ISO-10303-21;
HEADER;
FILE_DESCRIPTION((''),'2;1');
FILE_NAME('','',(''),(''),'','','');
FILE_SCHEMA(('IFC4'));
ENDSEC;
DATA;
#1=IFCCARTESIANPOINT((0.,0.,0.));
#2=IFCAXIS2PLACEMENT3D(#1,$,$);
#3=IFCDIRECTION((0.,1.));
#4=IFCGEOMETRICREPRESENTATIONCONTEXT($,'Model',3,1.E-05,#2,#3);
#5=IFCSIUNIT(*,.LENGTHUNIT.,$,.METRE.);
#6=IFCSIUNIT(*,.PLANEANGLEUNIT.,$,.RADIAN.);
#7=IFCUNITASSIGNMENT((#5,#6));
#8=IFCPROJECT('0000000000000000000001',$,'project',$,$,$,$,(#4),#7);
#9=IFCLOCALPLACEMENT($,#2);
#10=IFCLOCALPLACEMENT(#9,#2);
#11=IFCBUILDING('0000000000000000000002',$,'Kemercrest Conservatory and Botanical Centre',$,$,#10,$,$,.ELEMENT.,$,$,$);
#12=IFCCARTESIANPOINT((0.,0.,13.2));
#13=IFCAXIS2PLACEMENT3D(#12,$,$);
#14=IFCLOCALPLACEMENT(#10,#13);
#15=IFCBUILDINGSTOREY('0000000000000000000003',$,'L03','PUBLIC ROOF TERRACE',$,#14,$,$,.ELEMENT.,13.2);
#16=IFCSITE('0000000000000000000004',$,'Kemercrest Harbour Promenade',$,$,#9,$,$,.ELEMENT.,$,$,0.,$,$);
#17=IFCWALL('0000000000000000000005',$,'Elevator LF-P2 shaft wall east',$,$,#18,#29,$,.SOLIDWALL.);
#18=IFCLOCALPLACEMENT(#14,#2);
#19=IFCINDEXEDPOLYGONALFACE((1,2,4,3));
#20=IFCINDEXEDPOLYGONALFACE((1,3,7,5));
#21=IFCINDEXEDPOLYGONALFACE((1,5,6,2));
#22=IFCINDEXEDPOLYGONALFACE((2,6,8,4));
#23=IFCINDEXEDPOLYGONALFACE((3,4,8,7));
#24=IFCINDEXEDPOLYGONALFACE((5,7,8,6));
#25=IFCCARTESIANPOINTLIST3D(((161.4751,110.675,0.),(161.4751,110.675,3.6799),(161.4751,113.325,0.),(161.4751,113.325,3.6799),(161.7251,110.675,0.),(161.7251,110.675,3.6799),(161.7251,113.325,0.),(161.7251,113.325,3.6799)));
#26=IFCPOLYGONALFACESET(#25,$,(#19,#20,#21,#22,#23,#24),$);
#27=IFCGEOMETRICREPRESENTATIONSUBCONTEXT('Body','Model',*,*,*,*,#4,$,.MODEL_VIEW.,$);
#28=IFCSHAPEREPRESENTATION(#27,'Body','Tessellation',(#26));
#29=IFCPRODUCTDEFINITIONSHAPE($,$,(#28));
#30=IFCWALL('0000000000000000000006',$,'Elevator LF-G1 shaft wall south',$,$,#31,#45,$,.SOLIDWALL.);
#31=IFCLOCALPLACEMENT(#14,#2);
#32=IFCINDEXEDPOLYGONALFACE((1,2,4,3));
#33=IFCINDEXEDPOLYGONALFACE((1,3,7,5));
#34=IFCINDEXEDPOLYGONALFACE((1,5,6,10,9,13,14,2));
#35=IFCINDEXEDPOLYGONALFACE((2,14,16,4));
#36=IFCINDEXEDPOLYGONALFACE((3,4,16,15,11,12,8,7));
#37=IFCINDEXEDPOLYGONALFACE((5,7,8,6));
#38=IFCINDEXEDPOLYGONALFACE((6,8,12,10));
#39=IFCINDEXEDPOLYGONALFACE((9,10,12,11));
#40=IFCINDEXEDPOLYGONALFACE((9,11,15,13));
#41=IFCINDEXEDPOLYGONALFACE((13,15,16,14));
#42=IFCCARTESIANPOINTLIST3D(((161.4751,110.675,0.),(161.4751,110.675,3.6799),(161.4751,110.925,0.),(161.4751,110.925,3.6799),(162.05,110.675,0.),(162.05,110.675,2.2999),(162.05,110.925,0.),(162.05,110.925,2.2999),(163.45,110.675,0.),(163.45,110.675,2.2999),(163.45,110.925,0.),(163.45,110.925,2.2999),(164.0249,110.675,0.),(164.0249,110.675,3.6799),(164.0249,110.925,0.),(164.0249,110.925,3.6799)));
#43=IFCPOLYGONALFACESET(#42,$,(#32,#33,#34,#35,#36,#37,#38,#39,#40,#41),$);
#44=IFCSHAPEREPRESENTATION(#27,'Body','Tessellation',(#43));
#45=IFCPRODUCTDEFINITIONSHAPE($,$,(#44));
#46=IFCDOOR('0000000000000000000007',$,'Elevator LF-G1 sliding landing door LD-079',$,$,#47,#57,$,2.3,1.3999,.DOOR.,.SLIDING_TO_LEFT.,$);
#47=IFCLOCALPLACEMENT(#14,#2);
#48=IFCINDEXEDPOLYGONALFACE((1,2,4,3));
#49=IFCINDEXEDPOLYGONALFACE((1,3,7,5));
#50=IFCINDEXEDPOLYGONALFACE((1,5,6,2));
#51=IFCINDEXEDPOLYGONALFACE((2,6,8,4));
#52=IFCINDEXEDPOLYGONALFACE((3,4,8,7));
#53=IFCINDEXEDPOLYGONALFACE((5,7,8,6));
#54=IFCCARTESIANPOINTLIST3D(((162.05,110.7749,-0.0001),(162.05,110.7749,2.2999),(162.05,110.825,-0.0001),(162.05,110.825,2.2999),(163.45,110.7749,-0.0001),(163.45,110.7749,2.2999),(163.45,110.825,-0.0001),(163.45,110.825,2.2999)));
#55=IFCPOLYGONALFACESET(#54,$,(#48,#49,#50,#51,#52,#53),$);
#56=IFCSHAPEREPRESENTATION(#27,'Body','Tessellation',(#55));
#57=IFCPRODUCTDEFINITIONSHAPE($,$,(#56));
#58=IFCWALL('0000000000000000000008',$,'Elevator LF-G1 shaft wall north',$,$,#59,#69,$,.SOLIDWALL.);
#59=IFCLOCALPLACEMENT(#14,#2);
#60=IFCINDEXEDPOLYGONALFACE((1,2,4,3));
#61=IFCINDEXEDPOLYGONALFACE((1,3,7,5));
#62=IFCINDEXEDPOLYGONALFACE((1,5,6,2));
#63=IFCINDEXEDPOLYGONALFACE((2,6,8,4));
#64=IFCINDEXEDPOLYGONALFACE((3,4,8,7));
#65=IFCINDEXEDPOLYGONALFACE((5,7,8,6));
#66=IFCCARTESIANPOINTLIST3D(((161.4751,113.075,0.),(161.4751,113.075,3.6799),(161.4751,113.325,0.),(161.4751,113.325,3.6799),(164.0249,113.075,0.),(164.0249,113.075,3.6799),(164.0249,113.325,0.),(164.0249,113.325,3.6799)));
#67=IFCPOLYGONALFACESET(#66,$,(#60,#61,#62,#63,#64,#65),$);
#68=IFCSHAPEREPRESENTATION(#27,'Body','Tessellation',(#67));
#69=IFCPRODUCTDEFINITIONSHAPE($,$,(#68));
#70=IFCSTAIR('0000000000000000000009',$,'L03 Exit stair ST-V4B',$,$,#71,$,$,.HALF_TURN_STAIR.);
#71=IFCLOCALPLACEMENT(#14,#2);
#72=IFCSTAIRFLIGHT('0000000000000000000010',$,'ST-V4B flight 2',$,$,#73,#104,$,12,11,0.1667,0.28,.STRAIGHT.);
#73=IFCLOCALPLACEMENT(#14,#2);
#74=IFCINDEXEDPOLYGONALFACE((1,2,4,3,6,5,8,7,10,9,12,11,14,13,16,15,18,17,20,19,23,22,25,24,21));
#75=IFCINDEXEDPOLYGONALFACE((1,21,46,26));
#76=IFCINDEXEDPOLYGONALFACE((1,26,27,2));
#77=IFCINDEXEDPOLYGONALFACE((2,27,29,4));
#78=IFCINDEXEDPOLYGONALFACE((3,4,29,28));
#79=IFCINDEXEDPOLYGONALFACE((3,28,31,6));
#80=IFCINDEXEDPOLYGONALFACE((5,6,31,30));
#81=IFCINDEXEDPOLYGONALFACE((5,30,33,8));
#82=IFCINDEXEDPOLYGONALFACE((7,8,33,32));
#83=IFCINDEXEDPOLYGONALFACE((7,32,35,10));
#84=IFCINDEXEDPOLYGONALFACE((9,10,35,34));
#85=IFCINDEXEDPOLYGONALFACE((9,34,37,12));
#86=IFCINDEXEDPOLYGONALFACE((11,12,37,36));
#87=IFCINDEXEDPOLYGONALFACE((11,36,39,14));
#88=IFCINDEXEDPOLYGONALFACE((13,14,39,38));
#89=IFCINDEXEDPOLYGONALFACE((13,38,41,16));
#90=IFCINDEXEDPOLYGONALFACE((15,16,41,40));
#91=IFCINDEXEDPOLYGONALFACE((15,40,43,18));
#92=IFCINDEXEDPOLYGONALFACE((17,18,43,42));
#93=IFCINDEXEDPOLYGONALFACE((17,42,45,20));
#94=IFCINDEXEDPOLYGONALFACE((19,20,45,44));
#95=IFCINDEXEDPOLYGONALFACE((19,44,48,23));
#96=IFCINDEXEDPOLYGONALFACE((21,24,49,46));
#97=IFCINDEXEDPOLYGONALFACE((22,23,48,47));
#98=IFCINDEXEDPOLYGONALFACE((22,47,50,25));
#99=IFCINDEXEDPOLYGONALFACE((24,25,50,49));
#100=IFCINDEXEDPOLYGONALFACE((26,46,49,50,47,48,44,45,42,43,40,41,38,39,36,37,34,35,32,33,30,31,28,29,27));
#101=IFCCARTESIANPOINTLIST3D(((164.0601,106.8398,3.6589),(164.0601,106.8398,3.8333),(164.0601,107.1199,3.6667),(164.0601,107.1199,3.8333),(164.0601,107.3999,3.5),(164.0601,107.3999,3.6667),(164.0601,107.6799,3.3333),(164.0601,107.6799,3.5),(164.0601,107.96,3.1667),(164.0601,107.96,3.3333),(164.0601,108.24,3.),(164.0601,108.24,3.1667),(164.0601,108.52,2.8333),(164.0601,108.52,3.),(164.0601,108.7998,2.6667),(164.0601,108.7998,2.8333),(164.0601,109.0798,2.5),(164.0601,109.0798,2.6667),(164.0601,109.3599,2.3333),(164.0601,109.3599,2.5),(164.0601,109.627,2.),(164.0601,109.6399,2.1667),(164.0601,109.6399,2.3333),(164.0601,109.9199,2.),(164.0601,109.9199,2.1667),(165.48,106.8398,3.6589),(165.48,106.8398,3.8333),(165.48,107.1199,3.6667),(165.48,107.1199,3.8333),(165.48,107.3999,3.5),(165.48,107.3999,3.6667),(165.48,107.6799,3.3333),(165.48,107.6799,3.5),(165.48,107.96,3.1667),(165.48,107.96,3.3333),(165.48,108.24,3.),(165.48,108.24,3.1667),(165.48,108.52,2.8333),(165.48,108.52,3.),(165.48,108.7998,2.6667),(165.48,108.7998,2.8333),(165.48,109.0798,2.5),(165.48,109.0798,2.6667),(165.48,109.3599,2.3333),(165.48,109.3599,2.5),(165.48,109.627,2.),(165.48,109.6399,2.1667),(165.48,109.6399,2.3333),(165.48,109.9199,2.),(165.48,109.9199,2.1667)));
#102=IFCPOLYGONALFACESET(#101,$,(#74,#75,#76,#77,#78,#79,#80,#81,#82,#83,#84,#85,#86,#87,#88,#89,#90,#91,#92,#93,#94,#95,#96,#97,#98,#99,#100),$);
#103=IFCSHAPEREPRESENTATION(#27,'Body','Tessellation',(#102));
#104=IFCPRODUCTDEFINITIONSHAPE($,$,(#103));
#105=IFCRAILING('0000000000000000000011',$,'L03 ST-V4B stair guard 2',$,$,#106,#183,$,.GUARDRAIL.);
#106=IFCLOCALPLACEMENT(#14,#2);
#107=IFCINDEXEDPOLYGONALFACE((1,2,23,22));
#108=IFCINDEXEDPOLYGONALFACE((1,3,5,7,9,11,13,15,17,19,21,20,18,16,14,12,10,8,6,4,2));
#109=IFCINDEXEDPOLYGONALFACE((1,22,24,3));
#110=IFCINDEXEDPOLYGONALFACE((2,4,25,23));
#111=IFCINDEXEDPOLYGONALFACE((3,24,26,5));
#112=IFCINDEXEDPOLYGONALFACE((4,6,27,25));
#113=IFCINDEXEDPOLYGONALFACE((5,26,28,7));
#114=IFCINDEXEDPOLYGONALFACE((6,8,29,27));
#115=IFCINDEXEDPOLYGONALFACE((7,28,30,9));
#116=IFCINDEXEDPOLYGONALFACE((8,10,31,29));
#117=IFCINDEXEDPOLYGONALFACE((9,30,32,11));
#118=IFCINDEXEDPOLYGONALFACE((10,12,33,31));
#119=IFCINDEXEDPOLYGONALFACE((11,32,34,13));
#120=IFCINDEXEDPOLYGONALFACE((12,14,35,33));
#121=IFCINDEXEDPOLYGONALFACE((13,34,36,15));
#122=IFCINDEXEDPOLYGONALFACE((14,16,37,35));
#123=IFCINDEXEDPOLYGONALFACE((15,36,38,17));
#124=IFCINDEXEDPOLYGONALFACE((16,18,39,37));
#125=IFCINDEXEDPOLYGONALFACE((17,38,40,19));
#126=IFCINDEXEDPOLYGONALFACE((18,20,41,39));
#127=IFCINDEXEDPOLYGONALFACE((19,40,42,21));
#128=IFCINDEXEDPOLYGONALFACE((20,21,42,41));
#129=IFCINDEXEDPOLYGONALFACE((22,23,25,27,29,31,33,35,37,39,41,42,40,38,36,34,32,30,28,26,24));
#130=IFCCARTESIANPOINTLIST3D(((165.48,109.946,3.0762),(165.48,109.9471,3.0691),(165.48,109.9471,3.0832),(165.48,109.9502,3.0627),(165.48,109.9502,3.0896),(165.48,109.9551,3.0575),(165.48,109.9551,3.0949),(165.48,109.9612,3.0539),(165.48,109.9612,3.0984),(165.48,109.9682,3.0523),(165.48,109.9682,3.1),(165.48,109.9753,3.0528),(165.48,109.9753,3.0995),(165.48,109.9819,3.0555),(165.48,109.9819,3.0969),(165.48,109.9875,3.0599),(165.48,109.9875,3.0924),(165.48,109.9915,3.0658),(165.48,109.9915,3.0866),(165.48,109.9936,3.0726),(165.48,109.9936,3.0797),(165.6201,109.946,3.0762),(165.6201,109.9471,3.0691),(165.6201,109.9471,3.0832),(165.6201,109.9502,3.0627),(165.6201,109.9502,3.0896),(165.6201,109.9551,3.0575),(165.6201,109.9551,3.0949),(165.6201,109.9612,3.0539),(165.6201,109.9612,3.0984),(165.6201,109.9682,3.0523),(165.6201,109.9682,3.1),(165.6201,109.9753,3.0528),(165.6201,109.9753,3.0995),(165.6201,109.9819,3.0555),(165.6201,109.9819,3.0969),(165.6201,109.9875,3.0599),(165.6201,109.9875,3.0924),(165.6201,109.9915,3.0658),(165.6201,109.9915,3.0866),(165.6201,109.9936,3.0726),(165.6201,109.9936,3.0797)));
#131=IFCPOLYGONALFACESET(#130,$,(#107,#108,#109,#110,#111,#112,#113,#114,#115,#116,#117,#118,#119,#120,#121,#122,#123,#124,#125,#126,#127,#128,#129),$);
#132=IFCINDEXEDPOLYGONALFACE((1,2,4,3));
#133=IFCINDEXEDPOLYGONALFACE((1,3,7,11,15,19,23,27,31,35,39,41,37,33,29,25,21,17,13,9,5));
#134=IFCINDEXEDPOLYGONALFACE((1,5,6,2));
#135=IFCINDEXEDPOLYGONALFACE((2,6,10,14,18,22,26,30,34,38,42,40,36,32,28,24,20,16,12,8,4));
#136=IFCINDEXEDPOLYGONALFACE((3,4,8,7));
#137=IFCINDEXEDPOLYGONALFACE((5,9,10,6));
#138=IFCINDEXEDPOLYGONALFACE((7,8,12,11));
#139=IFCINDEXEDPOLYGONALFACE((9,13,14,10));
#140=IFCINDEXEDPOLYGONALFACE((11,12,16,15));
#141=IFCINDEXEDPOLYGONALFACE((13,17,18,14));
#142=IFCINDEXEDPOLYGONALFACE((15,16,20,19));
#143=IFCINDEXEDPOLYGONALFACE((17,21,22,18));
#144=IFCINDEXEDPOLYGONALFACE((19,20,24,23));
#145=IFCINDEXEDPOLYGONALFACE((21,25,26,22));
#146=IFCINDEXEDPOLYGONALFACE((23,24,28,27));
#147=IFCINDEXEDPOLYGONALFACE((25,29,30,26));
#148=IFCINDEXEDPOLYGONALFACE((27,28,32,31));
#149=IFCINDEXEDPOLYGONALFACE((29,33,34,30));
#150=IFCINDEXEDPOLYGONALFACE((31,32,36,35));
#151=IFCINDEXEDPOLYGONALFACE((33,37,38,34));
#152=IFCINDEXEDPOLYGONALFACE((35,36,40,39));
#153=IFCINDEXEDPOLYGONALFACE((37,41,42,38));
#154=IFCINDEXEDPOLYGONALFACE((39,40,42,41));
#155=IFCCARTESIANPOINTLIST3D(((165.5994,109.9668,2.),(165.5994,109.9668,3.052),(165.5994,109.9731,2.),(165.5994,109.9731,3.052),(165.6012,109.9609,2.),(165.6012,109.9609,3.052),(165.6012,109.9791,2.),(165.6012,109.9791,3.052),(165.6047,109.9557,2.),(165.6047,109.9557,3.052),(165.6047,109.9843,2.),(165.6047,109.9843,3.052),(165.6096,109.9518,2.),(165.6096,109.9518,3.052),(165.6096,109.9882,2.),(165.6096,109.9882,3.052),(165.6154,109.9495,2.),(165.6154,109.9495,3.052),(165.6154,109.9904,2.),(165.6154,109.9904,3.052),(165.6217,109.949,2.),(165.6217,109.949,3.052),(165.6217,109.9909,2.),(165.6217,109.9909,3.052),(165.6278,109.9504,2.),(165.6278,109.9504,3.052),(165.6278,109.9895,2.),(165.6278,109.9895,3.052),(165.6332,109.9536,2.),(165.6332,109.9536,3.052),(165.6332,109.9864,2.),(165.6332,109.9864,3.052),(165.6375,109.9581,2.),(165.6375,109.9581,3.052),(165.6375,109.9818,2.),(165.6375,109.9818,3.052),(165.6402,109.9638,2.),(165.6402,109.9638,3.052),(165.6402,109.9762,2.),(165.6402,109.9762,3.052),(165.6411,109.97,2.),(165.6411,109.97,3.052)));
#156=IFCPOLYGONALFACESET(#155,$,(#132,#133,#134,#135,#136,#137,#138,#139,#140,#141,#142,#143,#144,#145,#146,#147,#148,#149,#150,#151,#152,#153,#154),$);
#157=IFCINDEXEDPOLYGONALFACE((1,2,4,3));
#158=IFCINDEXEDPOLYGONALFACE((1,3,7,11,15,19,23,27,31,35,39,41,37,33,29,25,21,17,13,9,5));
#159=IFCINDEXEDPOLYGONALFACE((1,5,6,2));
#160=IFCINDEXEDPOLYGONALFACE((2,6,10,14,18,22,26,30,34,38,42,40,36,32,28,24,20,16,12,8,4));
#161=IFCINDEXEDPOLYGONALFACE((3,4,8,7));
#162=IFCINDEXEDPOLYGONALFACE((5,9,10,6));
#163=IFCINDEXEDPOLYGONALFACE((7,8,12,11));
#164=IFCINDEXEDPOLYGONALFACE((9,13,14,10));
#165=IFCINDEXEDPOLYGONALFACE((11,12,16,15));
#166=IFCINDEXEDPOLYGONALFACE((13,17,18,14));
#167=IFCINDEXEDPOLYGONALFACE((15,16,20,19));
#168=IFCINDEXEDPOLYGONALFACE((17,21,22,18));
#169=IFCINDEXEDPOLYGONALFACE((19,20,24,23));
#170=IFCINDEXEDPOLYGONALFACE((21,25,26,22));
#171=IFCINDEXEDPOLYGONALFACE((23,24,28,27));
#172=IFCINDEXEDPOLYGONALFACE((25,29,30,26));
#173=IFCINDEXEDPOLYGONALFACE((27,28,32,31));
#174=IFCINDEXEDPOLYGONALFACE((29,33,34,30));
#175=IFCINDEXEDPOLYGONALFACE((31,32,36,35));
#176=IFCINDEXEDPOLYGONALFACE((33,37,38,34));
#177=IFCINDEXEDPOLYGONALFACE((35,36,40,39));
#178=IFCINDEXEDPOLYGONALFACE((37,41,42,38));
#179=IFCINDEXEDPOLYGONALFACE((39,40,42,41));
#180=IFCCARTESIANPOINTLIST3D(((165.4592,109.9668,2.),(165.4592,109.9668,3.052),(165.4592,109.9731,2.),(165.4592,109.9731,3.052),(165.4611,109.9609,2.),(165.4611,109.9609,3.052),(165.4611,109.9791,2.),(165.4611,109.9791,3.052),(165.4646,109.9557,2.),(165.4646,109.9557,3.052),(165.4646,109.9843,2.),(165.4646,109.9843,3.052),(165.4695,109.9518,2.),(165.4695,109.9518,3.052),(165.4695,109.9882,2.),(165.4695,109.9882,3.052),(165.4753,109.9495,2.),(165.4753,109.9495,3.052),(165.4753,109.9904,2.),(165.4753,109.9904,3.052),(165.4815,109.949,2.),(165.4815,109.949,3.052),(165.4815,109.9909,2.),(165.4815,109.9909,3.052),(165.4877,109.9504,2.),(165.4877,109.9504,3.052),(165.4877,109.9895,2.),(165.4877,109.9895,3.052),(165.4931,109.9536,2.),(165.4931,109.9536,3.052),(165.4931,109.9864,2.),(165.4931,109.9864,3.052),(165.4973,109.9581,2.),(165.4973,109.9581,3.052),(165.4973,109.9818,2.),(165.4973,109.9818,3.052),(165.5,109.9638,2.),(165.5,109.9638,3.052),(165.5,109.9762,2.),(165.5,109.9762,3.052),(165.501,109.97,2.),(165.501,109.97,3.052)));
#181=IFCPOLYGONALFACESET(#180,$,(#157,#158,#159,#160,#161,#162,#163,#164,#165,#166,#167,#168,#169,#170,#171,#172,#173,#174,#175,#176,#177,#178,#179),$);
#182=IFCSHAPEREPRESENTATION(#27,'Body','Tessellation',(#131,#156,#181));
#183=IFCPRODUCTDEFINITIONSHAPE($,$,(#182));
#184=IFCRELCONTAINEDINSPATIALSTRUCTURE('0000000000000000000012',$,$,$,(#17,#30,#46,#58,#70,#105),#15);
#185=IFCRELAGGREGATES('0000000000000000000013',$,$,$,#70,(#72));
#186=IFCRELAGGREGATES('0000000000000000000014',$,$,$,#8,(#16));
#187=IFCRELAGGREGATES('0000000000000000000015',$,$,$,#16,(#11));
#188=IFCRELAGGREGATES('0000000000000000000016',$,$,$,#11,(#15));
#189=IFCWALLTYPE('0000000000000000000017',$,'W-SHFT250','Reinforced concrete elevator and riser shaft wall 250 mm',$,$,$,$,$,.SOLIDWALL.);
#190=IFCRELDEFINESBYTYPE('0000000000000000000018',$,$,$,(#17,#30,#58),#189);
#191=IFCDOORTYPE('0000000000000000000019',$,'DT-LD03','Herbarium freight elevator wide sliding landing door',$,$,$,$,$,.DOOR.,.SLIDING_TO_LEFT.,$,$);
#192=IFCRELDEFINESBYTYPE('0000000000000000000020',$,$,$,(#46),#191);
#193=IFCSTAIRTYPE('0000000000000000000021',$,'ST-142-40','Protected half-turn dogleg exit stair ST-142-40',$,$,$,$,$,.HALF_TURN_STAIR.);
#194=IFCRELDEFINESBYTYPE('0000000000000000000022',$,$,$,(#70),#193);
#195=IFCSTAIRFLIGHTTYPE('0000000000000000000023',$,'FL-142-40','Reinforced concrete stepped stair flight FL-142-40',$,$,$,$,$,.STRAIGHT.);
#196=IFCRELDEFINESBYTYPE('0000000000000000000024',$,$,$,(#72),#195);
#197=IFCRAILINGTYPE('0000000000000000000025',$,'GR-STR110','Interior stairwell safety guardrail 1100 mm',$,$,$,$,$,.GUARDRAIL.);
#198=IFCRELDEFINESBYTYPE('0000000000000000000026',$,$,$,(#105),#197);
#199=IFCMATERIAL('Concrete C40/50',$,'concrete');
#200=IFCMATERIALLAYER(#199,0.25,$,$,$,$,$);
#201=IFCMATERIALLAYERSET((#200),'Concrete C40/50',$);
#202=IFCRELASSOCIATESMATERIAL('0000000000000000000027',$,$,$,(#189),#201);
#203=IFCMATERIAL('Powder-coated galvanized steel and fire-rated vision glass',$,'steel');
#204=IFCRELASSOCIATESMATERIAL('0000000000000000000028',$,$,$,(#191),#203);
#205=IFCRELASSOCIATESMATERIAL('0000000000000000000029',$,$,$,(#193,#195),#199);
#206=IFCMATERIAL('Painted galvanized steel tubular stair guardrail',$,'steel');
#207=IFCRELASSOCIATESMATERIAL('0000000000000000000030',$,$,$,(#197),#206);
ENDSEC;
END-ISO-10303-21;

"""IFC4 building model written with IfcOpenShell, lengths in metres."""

from ifc_helpers import new_model, si_unit, direction, frame, frame_2d, origin, origin_2d, place, context, subcontext, project, spatial, polyline, rectangle, circle, outline, extrude, material, layer, layer_set, type_object, element, fill, aggregate, save


model = new_model("IFC4")

# Units and contexts
model_context = context("Model", 3, precision=1e-05, world=origin(), true_north=direction((0.0, 1.0)))
body_context = subcontext(model_context, "Body", "Model", "MODEL_VIEW")
ifc_project = project(units=[si_unit("LENGTHUNIT", "METRE"), si_unit("PLANEANGLEUNIT", "RADIAN")], contexts=[model_context])

# Site, building, storey
site_placement = place(None, origin())
site = spatial("IfcSite", under=ifc_project, at=site_placement, Name="Kemercrest Harbour Promenade", CompositionType="ELEMENT", RefElevation=0.0)
building_placement = place(site_placement, origin())
building = spatial("IfcBuilding", under=site, at=building_placement, Name="Kemercrest Conservatory and Botanical Centre", CompositionType="ELEMENT")
storey_placement = place(building_placement, frame((0.0, 0.0, 13.2)))
storey = spatial("IfcBuildingStorey", under=building, at=storey_placement, Name="L03", Description="PUBLIC ROOF TERRACE", CompositionType="ELEMENT", Elevation=13.2)

# Shared definitions
ifc_material_1 = material(Name="Concrete C40/50", Category="concrete")

# Shared definitions
ifc_layer_1 = layer(ifc_material_1, 0.25)
ifc_layer_set_1 = layer_set([ifc_layer_1], Name="Concrete C40/50")
wall_type_1 = type_object("IfcWallType", Name="W-SHFT250", Description="Reinforced concrete elevator and riser shaft wall 250 mm", PredefinedType="SOLIDWALL", material=ifc_layer_set_1)

# Shared definitions
ifc_material_2 = material(Name="Powder-coated galvanized steel and fire-rated vision glass", Category="steel")

# Wall
wall_1_placement = place(storey_placement, frame((161.6001, 110.675, 0.0), z_axis=(0.0, 0.0, 1.0), x_axis=(0.0, 1.0, 0.0)))
element("IfcWall", 1, at=wall_1_placement, inside=storey, type_object=wall_type_1, Name="Elevator LF-P2 shaft wall east", PredefinedType="SOLIDWALL", context=body_context, shape_type="SweptSolid", body=[
    extrude(rectangle(XDim=2.6499, YDim=0.25, at=frame_2d((1.325, 0.0))), origin(), (0.0, 0.0, 1.0), 3.6799),
])

# Wall, opening, door
wall_2_placement = place(storey_placement, frame((161.4751, 110.8, 0.0), z_axis=(0.0, 0.0, 1.0), x_axis=(1.0, 0.0, 0.0)))
wall_2 = element("IfcWall", 2, at=wall_2_placement, inside=storey, type_object=wall_type_1, Name="Elevator LF-G1 shaft wall south", PredefinedType="SOLIDWALL", context=body_context, shape_type="SweptSolid", body=[
    extrude(rectangle(XDim=2.5498, YDim=0.25, at=frame_2d((1.2749, 0.0))), origin(), (0.0, 0.0, 1.0), 3.6799),
])
opening_1_placement = place(wall_2_placement, frame((0.575, 0.0, 0.0)))
opening_1 = element("IfcOpeningElement", 3, at=opening_1_placement, cuts=wall_2, PredefinedType="OPENING", context=body_context, shape_type="SweptSolid", body=[
    extrude(rectangle(XDim=1.3999, YDim=2.3, at=frame_2d((0.7, 1.1499))), frame((0.0, 0.135, 0.0), z_axis=(0.0, -1.0, 0.0), x_axis=(1.0, 0.0, 0.0)), (0.0, 0.0, 1.0), 0.27),
])
door_type_1 = type_object("IfcDoorType", Name="DT-LD03", Description="Herbarium freight elevator wide sliding landing door", OperationType="SLIDING_TO_LEFT", PredefinedType="DOOR", material=ifc_material_2)
door_1_placement = place(opening_1_placement, origin())
door_1 = element("IfcDoor", 4, at=door_1_placement, inside=storey, type_object=door_type_1, Name="Elevator LF-G1 sliding landing door LD-079", OperationType="SLIDING_TO_LEFT", OverallHeight=2.3, OverallWidth=1.3999, PredefinedType="DOOR", context=body_context, shape_type="SweptSolid", body=[
    extrude(rectangle(XDim=1.3999, YDim=2.3, at=frame_2d((0.7, 1.1499))), frame((0.0, 0.0249, 0.0), z_axis=(0.0, -1.0, 0.0), x_axis=(1.0, 0.0, 0.0)), (0.0, 0.0, 1.0), 0.05),
])
fill(opening_1, door_1)

# Wall
wall_3_placement = place(storey_placement, frame((161.4751, 113.2, 0.0), z_axis=(0.0, 0.0, 1.0), x_axis=(1.0, 0.0, 0.0)))
element("IfcWall", 5, at=wall_3_placement, inside=storey, type_object=wall_type_1, Name="Elevator LF-G1 shaft wall north", PredefinedType="SOLIDWALL", context=body_context, shape_type="SweptSolid", body=[
    extrude(rectangle(XDim=2.5498, YDim=0.25, at=frame_2d((1.2749, 0.0))), origin(), (0.0, 0.0, 1.0), 3.6799),
])

# Stair, stair flight
stair_type = type_object("IfcStairType", Name="ST-142-40", Description="Protected half-turn dogleg exit stair ST-142-40", PredefinedType="HALF_TURN_STAIR", material=ifc_material_1)
stair_placement = place(storey_placement, origin())
stair = element("IfcStair", 6, at=stair_placement, inside=storey, type_object=stair_type, Name="L03 Exit stair ST-V4B", PredefinedType="HALF_TURN_STAIR")
stair_flight_type = type_object("IfcStairFlightType", Name="FL-142-40", Description="Reinforced concrete stepped stair flight FL-142-40", PredefinedType="STRAIGHT", material=ifc_material_1)
stair_flight_placement = place(storey_placement, frame((164.77, 109.9199, 2.0), z_axis=(0.0, 0.0, 1.0), x_axis=(0.0, -1.0, 0.0)))
stair_flight = element("IfcStairFlight", 7, at=stair_flight_placement, type_object=stair_flight_type, Name="ST-V4B flight 2", NumberOfRisers=12, NumberOfTreads=11, PredefinedType="STRAIGHT", RiserHeight=0.1667, TreadLength=0.28, context=body_context, shape_type="SweptSolid", body=[
    extrude(outline(polyline([(0.0, 0.0), (0.0, 0.1667), (0.28, 0.1667), (0.28, 0.3333), (0.5601, 0.3333), (0.5601, 0.5), (0.8401, 0.5), (0.8401, 0.6667), (1.1201, 0.6667), (1.1201, 0.8333), (1.3999, 0.8333), (1.3999, 1.0), (1.6799, 1.0), (1.6799, 1.1667), (1.96, 1.1667), (1.96, 1.3333), (2.24, 1.3333), (2.24, 1.5), (2.52, 1.5), (2.52, 1.6667), (2.8, 1.6667), (2.8, 1.8333), (3.0801, 1.8333), (3.0801, 2.0), (3.0801, 1.6589), (0.293, 0.0), (0.0, 0.0)])), frame((0.0, 0.71, 0.0), z_axis=(0.0, -1.0, 0.0), x_axis=(1.0, 0.0, 0.0)), (0.0, 0.0, 1.0), 1.4199),
])
aggregate(stair, [stair_flight])

# Railing
ifc_material_3 = material(Name="Painted galvanized steel tubular stair guardrail", Category="steel")
railing_type_1 = type_object("IfcRailingType", Name="GR-STR110", Description="Interior stairwell safety guardrail 1100 mm", PredefinedType="GUARDRAIL", material=ifc_material_3)
railing_1_placement = place(storey_placement, frame((165.6201, 109.97, 2.0)))
element("IfcRailing", 8, at=railing_1_placement, inside=storey, type_object=railing_type_1, Name="L03 ST-V4B stair guard 2", PredefinedType="GUARDRAIL", context=body_context, shape_type="SweptSolid", body=[
    extrude(circle(Radius=0.0239, at=origin_2d()), frame((0.0, 0.0, 1.0762), z_axis=(-1.0, 0.0, 0.0), x_axis=(0.0, -1.0, 0.0)), (0.0, 0.0, 1.0), 0.1401),
    extrude(circle(Radius=0.021, at=origin_2d()), origin(), (0.0, 0.0, 1.0), 1.052),
    extrude(circle(Radius=0.021, at=origin_2d()), frame((-0.1401, 0.0, 0.0)), (0.0, 0.0, 1.0), 1.052),
])

save(model, "model.ifc")
